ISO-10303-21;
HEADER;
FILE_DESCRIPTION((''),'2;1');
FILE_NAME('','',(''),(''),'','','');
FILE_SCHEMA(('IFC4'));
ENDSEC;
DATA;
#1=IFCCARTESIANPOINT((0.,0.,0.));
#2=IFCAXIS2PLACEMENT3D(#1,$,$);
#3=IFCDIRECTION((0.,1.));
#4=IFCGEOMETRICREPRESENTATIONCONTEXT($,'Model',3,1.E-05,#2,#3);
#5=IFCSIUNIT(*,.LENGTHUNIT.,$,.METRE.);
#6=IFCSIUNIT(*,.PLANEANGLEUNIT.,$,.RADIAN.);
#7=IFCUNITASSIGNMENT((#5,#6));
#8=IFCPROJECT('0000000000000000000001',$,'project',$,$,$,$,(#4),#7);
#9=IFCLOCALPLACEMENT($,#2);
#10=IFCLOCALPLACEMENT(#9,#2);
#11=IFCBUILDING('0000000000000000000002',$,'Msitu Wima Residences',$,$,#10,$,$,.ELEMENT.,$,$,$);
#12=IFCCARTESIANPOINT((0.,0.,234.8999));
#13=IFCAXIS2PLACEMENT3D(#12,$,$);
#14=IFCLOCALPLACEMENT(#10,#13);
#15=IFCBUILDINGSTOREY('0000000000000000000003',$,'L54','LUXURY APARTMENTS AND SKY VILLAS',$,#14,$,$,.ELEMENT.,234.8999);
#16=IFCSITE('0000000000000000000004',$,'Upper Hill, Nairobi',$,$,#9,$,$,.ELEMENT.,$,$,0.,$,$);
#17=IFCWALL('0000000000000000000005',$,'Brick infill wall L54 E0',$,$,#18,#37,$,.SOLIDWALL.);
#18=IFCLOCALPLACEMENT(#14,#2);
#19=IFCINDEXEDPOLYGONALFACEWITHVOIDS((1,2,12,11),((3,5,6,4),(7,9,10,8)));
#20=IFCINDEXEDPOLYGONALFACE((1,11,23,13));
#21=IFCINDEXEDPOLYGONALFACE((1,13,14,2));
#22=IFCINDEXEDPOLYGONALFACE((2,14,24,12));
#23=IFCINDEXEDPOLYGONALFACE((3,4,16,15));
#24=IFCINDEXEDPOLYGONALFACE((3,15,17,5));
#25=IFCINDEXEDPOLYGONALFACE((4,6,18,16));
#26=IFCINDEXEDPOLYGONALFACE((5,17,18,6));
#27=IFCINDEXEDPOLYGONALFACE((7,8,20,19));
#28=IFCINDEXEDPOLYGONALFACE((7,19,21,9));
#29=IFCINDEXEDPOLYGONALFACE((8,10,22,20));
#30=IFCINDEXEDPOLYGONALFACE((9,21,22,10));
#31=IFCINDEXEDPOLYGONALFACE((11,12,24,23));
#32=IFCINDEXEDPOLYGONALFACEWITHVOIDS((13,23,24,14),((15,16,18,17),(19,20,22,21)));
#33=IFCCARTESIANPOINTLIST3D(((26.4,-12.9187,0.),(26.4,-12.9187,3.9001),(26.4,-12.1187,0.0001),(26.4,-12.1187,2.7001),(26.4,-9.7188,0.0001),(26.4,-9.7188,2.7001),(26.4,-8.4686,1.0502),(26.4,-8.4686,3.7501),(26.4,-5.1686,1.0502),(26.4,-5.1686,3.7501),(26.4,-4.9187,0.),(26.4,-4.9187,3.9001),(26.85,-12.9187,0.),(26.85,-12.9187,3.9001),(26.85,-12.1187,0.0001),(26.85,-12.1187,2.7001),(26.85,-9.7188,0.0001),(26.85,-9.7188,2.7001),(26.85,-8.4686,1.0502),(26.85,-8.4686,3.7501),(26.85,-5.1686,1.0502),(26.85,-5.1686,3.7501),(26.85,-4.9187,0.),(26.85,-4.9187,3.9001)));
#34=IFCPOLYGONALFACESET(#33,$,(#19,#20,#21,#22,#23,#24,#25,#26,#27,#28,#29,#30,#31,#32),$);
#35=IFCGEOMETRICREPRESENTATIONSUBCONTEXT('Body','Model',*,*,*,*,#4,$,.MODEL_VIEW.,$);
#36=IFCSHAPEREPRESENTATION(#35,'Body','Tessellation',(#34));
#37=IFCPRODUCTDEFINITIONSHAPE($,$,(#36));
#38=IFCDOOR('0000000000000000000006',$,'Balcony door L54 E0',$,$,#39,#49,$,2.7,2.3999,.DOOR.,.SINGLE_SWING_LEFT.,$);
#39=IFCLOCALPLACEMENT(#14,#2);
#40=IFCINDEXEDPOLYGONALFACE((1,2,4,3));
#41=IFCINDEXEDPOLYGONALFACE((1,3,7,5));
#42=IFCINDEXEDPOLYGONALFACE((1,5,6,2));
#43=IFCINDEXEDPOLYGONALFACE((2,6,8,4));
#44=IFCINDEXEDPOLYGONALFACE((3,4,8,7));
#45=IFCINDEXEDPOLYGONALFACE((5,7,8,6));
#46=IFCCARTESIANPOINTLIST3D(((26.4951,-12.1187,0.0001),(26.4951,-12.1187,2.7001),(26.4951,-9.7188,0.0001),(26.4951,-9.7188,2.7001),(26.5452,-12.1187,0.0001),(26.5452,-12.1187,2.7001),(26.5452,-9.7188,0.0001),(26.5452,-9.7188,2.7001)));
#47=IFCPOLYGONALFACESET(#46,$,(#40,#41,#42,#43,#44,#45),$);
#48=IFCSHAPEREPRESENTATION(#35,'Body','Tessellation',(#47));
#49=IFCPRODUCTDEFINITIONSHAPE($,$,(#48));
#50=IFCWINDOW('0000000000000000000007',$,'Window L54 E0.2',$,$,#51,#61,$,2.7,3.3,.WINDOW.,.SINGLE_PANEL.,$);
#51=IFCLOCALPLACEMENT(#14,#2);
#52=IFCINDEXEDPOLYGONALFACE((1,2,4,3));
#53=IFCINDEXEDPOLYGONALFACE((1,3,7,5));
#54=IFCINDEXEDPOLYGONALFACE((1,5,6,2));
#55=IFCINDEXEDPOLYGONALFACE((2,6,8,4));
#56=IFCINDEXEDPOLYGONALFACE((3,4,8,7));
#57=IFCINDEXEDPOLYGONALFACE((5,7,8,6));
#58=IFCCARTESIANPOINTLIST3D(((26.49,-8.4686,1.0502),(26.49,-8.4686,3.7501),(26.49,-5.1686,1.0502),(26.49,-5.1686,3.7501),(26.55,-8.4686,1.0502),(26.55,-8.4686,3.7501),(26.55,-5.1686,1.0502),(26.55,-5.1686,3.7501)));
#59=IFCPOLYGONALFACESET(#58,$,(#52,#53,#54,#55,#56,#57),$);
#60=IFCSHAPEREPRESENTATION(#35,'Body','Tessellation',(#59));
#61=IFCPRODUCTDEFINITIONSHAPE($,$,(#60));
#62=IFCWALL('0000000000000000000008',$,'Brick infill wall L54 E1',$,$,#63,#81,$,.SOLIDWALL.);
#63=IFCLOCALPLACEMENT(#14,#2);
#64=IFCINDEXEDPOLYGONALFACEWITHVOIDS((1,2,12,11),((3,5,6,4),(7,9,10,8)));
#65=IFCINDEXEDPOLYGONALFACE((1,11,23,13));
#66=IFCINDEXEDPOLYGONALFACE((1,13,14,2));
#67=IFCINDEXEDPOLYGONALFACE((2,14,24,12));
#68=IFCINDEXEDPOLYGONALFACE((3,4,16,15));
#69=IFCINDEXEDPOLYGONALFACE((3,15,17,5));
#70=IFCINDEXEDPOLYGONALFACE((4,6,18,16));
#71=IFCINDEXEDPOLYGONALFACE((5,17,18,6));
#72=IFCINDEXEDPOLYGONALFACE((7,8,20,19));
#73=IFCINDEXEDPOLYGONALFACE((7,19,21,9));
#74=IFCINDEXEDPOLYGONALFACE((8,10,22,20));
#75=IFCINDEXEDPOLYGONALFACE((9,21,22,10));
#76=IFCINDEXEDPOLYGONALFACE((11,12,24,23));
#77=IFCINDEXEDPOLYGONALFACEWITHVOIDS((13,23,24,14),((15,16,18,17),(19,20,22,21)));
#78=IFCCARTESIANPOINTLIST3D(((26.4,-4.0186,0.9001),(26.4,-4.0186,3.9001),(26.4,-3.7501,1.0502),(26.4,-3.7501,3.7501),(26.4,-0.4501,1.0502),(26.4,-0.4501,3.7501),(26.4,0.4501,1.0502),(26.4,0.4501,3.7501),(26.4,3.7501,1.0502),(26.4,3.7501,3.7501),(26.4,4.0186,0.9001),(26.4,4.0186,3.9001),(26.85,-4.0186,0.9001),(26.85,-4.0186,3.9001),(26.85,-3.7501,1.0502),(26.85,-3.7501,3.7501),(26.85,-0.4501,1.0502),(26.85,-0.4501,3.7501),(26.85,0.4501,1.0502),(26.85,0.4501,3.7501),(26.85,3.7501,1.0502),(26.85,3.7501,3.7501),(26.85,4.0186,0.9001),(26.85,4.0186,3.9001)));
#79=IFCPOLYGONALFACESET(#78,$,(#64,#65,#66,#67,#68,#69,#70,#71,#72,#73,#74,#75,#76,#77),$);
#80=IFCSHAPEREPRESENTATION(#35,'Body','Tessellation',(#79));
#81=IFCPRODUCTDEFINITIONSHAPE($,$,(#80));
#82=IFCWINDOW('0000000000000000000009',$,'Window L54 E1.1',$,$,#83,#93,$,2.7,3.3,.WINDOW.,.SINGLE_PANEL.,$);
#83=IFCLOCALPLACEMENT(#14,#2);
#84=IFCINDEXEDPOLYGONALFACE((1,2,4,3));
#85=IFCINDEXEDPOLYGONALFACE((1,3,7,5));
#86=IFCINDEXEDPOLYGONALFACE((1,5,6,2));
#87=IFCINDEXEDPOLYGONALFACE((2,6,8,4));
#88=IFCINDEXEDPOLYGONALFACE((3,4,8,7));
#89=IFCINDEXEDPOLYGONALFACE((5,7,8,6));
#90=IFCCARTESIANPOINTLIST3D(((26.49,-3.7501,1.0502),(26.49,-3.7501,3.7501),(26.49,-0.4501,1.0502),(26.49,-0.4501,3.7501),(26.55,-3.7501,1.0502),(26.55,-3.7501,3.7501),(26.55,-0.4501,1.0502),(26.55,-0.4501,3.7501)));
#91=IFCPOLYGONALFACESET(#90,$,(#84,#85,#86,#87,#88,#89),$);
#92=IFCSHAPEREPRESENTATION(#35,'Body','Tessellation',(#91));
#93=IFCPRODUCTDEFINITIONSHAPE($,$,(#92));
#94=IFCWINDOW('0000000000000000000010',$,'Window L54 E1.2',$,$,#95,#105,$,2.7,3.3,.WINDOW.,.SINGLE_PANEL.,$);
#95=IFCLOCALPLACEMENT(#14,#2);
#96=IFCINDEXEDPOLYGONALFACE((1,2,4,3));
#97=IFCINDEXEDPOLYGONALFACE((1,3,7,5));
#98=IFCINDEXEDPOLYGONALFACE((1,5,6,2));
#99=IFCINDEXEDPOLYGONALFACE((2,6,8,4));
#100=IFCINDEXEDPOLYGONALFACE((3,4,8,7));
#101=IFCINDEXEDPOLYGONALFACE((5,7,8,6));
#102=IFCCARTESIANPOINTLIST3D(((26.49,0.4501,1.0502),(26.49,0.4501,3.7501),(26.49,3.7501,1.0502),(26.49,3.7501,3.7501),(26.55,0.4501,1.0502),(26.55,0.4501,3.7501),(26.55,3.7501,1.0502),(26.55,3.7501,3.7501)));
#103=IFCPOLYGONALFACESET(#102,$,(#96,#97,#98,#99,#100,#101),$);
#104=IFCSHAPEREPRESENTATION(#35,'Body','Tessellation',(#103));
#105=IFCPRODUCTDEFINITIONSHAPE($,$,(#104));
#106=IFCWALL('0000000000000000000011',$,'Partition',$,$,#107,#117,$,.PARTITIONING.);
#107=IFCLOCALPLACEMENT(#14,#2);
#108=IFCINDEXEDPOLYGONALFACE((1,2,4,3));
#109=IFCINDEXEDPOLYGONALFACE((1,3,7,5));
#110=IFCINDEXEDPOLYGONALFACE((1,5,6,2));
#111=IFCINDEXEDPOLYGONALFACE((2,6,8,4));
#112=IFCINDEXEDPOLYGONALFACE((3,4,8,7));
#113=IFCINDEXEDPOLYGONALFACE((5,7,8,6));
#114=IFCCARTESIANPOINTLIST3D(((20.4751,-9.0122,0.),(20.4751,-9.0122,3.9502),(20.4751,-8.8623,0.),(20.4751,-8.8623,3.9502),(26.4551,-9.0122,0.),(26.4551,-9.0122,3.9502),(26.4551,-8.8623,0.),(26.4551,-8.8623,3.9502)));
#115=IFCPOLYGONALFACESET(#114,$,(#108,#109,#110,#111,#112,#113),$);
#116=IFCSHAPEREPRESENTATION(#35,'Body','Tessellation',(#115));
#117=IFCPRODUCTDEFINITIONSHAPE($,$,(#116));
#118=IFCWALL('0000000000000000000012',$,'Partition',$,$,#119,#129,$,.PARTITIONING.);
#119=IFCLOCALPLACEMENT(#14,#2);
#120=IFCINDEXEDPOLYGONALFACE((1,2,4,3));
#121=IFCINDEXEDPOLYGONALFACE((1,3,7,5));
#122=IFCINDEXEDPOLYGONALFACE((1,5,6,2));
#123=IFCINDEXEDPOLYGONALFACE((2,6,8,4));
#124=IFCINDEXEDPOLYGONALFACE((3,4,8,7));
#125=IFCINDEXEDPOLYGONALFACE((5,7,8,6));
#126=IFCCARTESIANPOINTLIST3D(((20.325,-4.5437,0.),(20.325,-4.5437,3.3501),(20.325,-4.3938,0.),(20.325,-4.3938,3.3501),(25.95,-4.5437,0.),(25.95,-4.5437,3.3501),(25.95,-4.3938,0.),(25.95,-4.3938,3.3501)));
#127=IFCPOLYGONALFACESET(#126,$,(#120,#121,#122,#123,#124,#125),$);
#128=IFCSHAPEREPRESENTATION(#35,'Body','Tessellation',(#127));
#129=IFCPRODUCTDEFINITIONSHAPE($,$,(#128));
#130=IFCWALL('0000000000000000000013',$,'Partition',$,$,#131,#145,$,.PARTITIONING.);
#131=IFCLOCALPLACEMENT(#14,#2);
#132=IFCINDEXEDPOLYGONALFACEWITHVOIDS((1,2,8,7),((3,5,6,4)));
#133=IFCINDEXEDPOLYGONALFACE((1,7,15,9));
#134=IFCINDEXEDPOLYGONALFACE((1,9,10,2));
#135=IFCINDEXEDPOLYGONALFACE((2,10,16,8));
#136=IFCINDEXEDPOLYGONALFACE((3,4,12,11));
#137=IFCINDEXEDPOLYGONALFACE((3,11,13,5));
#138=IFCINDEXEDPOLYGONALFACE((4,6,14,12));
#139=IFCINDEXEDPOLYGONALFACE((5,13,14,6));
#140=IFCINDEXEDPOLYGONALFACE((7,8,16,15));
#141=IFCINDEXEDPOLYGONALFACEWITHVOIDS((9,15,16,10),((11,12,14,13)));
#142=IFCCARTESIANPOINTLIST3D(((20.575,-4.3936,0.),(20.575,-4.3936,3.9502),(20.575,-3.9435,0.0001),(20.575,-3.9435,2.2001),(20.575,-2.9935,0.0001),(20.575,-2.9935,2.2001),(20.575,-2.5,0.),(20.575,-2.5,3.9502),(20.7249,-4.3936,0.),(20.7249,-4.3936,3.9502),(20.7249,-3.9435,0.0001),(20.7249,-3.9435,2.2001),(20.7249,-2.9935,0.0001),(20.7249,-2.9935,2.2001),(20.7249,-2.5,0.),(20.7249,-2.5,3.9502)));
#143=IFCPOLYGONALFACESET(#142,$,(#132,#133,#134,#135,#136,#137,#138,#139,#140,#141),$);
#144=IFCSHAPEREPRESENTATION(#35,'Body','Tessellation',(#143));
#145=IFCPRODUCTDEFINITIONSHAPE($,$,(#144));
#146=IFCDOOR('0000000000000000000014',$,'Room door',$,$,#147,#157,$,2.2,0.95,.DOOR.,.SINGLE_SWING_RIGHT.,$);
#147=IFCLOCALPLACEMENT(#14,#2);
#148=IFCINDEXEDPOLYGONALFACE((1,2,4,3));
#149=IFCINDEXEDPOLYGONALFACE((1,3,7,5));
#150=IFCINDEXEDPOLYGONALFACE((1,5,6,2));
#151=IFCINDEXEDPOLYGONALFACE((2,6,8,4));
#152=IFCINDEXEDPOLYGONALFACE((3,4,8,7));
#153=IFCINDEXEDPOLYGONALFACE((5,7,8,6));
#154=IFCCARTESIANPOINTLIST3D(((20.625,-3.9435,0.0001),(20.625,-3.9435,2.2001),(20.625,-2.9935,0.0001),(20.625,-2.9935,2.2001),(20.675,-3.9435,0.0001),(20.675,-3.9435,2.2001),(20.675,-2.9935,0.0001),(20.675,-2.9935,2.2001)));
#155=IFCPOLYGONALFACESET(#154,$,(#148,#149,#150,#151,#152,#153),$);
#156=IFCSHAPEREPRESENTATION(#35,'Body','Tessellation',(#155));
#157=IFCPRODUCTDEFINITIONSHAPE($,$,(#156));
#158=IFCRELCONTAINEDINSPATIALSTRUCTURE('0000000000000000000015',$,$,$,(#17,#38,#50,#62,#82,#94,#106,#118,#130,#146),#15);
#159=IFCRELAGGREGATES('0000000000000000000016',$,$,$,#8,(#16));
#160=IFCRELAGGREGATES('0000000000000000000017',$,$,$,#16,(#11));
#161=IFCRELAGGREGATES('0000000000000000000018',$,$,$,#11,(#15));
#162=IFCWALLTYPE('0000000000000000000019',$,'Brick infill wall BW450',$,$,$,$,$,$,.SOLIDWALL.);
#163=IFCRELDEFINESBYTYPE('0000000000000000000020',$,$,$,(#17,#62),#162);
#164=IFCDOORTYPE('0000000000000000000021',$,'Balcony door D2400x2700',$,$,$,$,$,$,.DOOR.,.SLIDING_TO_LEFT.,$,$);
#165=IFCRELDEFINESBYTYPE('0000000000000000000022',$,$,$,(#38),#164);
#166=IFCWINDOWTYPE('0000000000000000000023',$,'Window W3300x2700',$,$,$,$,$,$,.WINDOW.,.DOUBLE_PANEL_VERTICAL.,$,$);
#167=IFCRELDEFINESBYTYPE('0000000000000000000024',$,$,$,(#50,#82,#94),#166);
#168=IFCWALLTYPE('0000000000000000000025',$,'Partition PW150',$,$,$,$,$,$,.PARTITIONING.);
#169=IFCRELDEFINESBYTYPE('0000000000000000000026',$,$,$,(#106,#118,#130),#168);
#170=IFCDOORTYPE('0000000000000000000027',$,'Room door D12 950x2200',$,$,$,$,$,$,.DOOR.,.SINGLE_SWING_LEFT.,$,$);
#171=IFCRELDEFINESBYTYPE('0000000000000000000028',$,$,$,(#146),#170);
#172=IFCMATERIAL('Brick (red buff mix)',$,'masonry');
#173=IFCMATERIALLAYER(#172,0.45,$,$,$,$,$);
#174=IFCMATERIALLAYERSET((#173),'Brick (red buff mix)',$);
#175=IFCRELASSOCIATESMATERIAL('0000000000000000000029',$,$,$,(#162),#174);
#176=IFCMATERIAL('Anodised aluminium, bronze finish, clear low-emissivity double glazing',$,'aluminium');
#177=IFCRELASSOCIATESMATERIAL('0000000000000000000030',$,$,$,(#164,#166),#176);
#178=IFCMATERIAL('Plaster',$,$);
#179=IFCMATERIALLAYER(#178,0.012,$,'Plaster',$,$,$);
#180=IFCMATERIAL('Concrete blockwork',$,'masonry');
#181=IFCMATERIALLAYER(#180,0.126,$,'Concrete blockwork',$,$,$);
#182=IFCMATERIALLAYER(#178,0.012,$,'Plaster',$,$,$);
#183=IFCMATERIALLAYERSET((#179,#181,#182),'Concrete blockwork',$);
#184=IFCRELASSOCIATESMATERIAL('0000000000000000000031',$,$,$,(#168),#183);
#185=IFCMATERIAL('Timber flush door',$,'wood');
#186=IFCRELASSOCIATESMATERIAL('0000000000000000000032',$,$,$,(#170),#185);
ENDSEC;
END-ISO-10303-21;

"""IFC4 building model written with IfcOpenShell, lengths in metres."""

from ifc_helpers import new_model, si_unit, direction, frame, frame_2d, origin, place, context, subcontext, project, spatial, rectangle, extrude, material, layer, layer_set, type_object, element, fill, save


model = new_model("IFC4")

# Units and contexts
model_context = context("Model", 3, precision=1e-05, world=origin(), true_north=direction((0.0, 1.0)))
body_context = subcontext(model_context, "Body", "Model", "MODEL_VIEW")
ifc_project = project(units=[si_unit("LENGTHUNIT", "METRE"), si_unit("PLANEANGLEUNIT", "RADIAN")], contexts=[model_context])

# Site, building, storey
site_placement = place(None, origin())
site = spatial("IfcSite", under=ifc_project, at=site_placement, Name="Upper Hill, Nairobi", CompositionType="ELEMENT", RefElevation=0.0)
building_placement = place(site_placement, origin())
building = spatial("IfcBuilding", under=site, at=building_placement, Name="Msitu Wima Residences", CompositionType="ELEMENT")
storey_placement = place(building_placement, frame((0.0, 0.0, 234.8999)))
storey = spatial("IfcBuildingStorey", under=building, at=storey_placement, Name="L54", Description="LUXURY APARTMENTS AND SKY VILLAS", CompositionType="ELEMENT", Elevation=234.8999)

# Wall, openings, door, window
ifc_material_1 = material(Name="Brick (red buff mix)", Category="masonry")
ifc_layer_1 = layer(ifc_material_1, 0.45)
ifc_layer_set_1 = layer_set([ifc_layer_1], Name="Brick (red buff mix)")
wall_type_1 = type_object("IfcWallType", Name="Brick infill wall BW450", PredefinedType="SOLIDWALL", material=ifc_layer_set_1)
wall_1_placement = place(storey_placement, frame((26.625, -12.9187, 0.0), z_axis=(0.0, 0.0, 1.0), x_axis=(0.0, 1.0, 0.0)))
wall_1 = element("IfcWall", 1, at=wall_1_placement, inside=storey, type_object=wall_type_1, Name="Brick infill wall L54 E0", PredefinedType="SOLIDWALL", context=body_context, shape_type="SweptSolid", body=[
    extrude(rectangle(XDim=8.0, YDim=0.45, at=frame_2d((4.0, 0.0))), origin(), (0.0, 0.0, 1.0), 3.9001),
])
opening_1_placement = place(wall_1_placement, frame((0.8, 0.0, 0.0)))
opening_1 = element("IfcOpeningElement", 2, at=opening_1_placement, cuts=wall_1, PredefinedType="OPENING", context=body_context, shape_type="SweptSolid", body=[
    extrude(rectangle(XDim=2.3999, YDim=2.7, at=frame_2d((1.2, 1.3501))), frame((0.0, 0.2349, 0.0), z_axis=(0.0, -1.0, 0.0), x_axis=(1.0, 0.0, 0.0)), (0.0, 0.0, 1.0), 0.47),
])
opening_2_placement = place(wall_1_placement, frame((4.4502, 0.0, 1.05)))
opening_2 = element("IfcOpeningElement", 3, at=opening_2_placement, cuts=wall_1, PredefinedType="OPENING", context=body_context, shape_type="SweptSolid", body=[
    extrude(rectangle(XDim=3.3, YDim=2.7, at=frame_2d((1.6499, 1.3501))), frame((0.0, 0.2349, 0.0), z_axis=(0.0, -1.0, 0.0), x_axis=(1.0, 0.0, 0.0)), (0.0, 0.0, 1.0), 0.47),
])
ifc_material_2 = material(Name="Anodised aluminium, bronze finish, clear low-emissivity double glazing", Category="aluminium")
door_type_1 = type_object("IfcDoorType", Name="Balcony door D2400x2700", OperationType="SLIDING_TO_LEFT", PredefinedType="DOOR", material=ifc_material_2)
door_1_placement = place(opening_1_placement, origin())
door_1 = element("IfcDoor", 4, at=door_1_placement, inside=storey, type_object=door_type_1, Name="Balcony door L54 E0", OperationType="SINGLE_SWING_LEFT", OverallHeight=2.7, OverallWidth=2.3999, PredefinedType="DOOR", context=body_context, shape_type="SweptSolid", body=[
    extrude(rectangle(XDim=2.3999, YDim=2.7, at=frame_2d((1.2, 1.3501))), frame((0.0, 0.1299, 0.0), z_axis=(0.0, -1.0, 0.0), x_axis=(1.0, 0.0, 0.0)), (0.0, 0.0, 1.0), 0.05),
])
fill(opening_1, door_1)
window_type = type_object("IfcWindowType", Name="Window W3300x2700", PartitioningType="DOUBLE_PANEL_VERTICAL", PredefinedType="WINDOW", material=ifc_material_2)
window_1_placement = place(opening_2_placement, origin())
window_1 = element("IfcWindow", 5, at=window_1_placement, inside=storey, type_object=window_type, Name="Window L54 E0.2", OverallHeight=2.7, OverallWidth=3.3, PartitioningType="SINGLE_PANEL", PredefinedType="WINDOW", context=body_context, shape_type="SweptSolid", body=[
    extrude(rectangle(XDim=3.3, YDim=2.7, at=frame_2d((1.6499, 1.3501))), frame((0.0, 0.135, 0.0), z_axis=(0.0, -1.0, 0.0), x_axis=(1.0, 0.0, 0.0)), (0.0, 0.0, 1.0), 0.0601),
])
fill(opening_2, window_1)

# Wall, openings, windows
wall_2_placement = place(storey_placement, frame((26.625, -4.0186, 0.9001), z_axis=(0.0, 0.0, 1.0), x_axis=(0.0, 1.0, 0.0)))
wall_2 = element("IfcWall", 6, at=wall_2_placement, inside=storey, type_object=wall_type_1, Name="Brick infill wall L54 E1", PredefinedType="SOLIDWALL", context=body_context, shape_type="SweptSolid", body=[
    extrude(rectangle(XDim=8.0371, YDim=0.45, at=frame_2d((4.0186, 0.0))), origin(), (0.0, 0.0, 1.0), 3.0),
])
opening_3_placement = place(wall_2_placement, frame((0.2686, 0.0, 0.1499)))
opening_3 = element("IfcOpeningElement", 7, at=opening_3_placement, cuts=wall_2, PredefinedType="OPENING", context=body_context, shape_type="SweptSolid", body=[
    extrude(rectangle(XDim=3.3, YDim=2.7, at=frame_2d((1.6499, 1.3501))), frame((0.0, 0.2349, 0.0), z_axis=(0.0, -1.0, 0.0), x_axis=(1.0, 0.0, 0.0)), (0.0, 0.0, 1.0), 0.47),
])
opening_4_placement = place(wall_2_placement, frame((4.4688, 0.0, 0.1499)))
opening_4 = element("IfcOpeningElement", 8, at=opening_4_placement, cuts=wall_2, PredefinedType="OPENING", context=body_context, shape_type="SweptSolid", body=[
    extrude(rectangle(XDim=3.3, YDim=2.7, at=frame_2d((1.6499, 1.3501))), frame((0.0, 0.2349, 0.0), z_axis=(0.0, -1.0, 0.0), x_axis=(1.0, 0.0, 0.0)), (0.0, 0.0, 1.0), 0.47),
])
window_2_placement = place(opening_3_placement, origin())
window_2 = element("IfcWindow", 9, at=window_2_placement, inside=storey, type_object=window_type, Name="Window L54 E1.1", OverallHeight=2.7, OverallWidth=3.3, PartitioningType="SINGLE_PANEL", PredefinedType="WINDOW", context=body_context, shape_type="SweptSolid", body=[
    extrude(rectangle(XDim=3.3, YDim=2.7, at=frame_2d((1.6499, 1.3501))), frame((0.0, 0.135, 0.0), z_axis=(0.0, -1.0, 0.0), x_axis=(1.0, 0.0, 0.0)), (0.0, 0.0, 1.0), 0.0601),
])
fill(opening_3, window_2)
window_3_placement = place(opening_4_placement, origin())
window_3 = element("IfcWindow", 10, at=window_3_placement, inside=storey, type_object=window_type, Name="Window L54 E1.2", OverallHeight=2.7, OverallWidth=3.3, PartitioningType="SINGLE_PANEL", PredefinedType="WINDOW", context=body_context, shape_type="SweptSolid", body=[
    extrude(rectangle(XDim=3.3, YDim=2.7, at=frame_2d((1.6499, 1.3501))), frame((0.0, 0.135, 0.0), z_axis=(0.0, -1.0, 0.0), x_axis=(1.0, 0.0, 0.0)), (0.0, 0.0, 1.0), 0.0601),
])
fill(opening_4, window_3)

# Walls
ifc_material_3 = material(Name="Plaster")
ifc_layer_2 = layer(ifc_material_3, 0.012, Name="Plaster")
ifc_material_4 = material(Name="Concrete blockwork", Category="masonry")
ifc_layer_3 = layer(ifc_material_4, 0.126, Name="Concrete blockwork")
ifc_layer_4 = layer(ifc_material_3, 0.012, Name="Plaster")
ifc_layer_set_2 = layer_set([ifc_layer_2, ifc_layer_3, ifc_layer_4], Name="Concrete blockwork")
wall_type_2 = type_object("IfcWallType", Name="Partition PW150", PredefinedType="PARTITIONING", material=ifc_layer_set_2)
wall_3_placement = place(storey_placement, frame((20.4751, -8.9373, 0.0), z_axis=(0.0, 0.0, 1.0), x_axis=(1.0, 0.0, 0.0)))
element("IfcWall", 11, at=wall_3_placement, inside=storey, type_object=wall_type_2, Name="Partition", PredefinedType="PARTITIONING", context=body_context, shape_type="SweptSolid", body=[
    extrude(rectangle(XDim=5.98, YDim=0.1499, at=frame_2d((2.99, 0.0))), origin(), (0.0, 0.0, 1.0), 3.9502),
])
wall_4_placement = place(storey_placement, frame((20.325, -4.4688, 0.0), z_axis=(0.0, 0.0, 1.0), x_axis=(1.0, 0.0, 0.0)))
element("IfcWall", 12, at=wall_4_placement, inside=storey, type_object=wall_type_2, Name="Partition", PredefinedType="PARTITIONING", context=body_context, shape_type="SweptSolid", body=[
    extrude(rectangle(XDim=5.625, YDim=0.1499, at=frame_2d((2.8125, 0.0))), origin(), (0.0, 0.0, 1.0), 3.3501),
])

# Wall, opening, door
wall_5_placement = place(storey_placement, frame((20.6499, -4.3936, 0.0), z_axis=(0.0, 0.0, 1.0), x_axis=(0.0, 1.0, 0.0)))
wall_5 = element("IfcWall", 13, at=wall_5_placement, inside=storey, type_object=wall_type_2, Name="Partition", PredefinedType="PARTITIONING", context=body_context, shape_type="SweptSolid", body=[
    extrude(rectangle(XDim=1.8936, YDim=0.1499, at=frame_2d((0.9468, 0.0))), origin(), (0.0, 0.0, 1.0), 3.9502),
])
opening_5_placement = place(wall_5_placement, frame((0.45, 0.0, 0.0)))
opening_5 = element("IfcOpeningElement", 14, at=opening_5_placement, cuts=wall_5, PredefinedType="OPENING", context=body_context, shape_type="SweptSolid", body=[
    extrude(rectangle(XDim=0.95, YDim=2.2, at=frame_2d((0.4751, 1.1001))), frame((0.0, 0.085, 0.0), z_axis=(0.0, -1.0, 0.0), x_axis=(1.0, 0.0, 0.0)), (0.0, 0.0, 1.0), 0.1699),
])
ifc_material_5 = material(Name="Timber flush door", Category="wood")
door_type_2 = type_object("IfcDoorType", Name="Room door D12 950x2200", OperationType="SINGLE_SWING_LEFT", PredefinedType="DOOR", material=ifc_material_5)
door_2_placement = place(opening_5_placement, origin())
door_2 = element("IfcDoor", 15, at=door_2_placement, inside=storey, type_object=door_type_2, Name="Room door", OperationType="SINGLE_SWING_RIGHT", OverallHeight=2.2, OverallWidth=0.95, PredefinedType="DOOR", context=body_context, shape_type="SweptSolid", body=[
    extrude(rectangle(XDim=0.95, YDim=2.2, at=frame_2d((0.4751, 1.1001))), frame((0.0, 0.0249, 0.0), z_axis=(0.0, -1.0, 0.0), x_axis=(1.0, 0.0, 0.0)), (0.0, 0.0, 1.0), 0.05),
])
fill(opening_5, door_2)

save(model, "model.ifc")
